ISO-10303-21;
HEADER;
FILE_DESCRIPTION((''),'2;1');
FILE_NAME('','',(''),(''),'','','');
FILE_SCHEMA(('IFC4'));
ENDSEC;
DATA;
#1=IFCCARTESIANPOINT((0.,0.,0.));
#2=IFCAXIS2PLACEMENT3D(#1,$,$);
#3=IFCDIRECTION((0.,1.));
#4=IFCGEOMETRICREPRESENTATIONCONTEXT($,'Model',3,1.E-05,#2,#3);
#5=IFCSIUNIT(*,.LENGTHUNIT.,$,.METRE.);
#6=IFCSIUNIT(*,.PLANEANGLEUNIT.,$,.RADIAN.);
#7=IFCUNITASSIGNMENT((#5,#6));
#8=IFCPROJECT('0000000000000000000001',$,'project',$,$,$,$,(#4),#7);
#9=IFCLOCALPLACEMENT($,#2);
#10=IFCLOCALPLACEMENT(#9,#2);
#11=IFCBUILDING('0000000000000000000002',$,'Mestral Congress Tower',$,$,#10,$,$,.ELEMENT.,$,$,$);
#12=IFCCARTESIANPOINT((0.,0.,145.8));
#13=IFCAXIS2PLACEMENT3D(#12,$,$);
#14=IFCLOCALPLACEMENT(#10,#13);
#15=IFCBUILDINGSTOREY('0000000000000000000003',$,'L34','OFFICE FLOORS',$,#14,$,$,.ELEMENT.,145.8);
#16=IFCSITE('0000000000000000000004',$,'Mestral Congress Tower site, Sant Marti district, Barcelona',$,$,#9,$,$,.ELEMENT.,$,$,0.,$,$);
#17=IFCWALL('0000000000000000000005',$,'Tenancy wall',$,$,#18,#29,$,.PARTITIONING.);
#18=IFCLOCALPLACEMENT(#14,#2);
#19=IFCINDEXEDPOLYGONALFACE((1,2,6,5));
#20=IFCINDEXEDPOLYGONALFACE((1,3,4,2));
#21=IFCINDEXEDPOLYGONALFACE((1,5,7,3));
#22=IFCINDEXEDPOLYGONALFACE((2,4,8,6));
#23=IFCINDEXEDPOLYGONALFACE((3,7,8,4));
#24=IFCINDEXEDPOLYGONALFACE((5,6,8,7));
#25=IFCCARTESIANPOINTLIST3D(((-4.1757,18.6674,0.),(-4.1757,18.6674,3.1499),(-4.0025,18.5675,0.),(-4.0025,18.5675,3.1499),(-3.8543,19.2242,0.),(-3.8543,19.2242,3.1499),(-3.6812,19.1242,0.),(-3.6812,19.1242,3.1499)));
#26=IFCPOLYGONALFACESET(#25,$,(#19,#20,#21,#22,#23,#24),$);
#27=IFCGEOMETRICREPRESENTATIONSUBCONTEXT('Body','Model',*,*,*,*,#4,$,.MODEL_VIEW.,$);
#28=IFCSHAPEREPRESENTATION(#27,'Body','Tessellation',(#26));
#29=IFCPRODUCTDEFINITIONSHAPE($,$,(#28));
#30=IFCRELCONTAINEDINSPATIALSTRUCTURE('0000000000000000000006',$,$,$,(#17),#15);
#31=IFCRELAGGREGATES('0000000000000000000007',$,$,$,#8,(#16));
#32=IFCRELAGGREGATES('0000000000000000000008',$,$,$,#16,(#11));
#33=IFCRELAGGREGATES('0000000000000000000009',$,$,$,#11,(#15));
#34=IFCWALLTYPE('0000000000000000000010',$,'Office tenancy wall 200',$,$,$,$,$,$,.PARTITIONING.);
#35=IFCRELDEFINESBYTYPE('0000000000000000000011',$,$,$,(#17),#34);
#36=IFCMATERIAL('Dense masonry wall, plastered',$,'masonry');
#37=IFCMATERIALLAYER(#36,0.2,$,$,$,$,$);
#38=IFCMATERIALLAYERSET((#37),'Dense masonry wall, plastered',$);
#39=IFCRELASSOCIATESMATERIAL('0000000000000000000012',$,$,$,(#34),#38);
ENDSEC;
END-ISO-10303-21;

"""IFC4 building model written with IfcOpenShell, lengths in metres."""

from ifc_helpers import new_model, si_unit, direction, frame, frame_2d, origin, place, context, subcontext, project, spatial, rectangle, extrude, material, layer, layer_set, type_object, element, save


model = new_model("IFC4")

# Units and contexts
model_context = context("Model", 3, precision=1e-05, world=origin(), true_north=direction((0.0, 1.0)))
body_context = subcontext(model_context, "Body", "Model", "MODEL_VIEW")
ifc_project = project(units=[si_unit("LENGTHUNIT", "METRE"), si_unit("PLANEANGLEUNIT", "RADIAN")], contexts=[model_context])

# Site, building, storey
site_placement = place(None, origin())
site = spatial("IfcSite", under=ifc_project, at=site_placement, Name="Mestral Congress Tower site, Sant Marti district, Barcelona", CompositionType="ELEMENT", RefElevation=0.0)
building_placement = place(site_placement, origin())
building = spatial("IfcBuilding", under=site, at=building_placement, Name="Mestral Congress Tower", CompositionType="ELEMENT")
storey_placement = place(building_placement, frame((0.0, 0.0, 145.8)))
storey = spatial("IfcBuildingStorey", under=building, at=storey_placement, Name="L34", Description="OFFICE FLOORS", CompositionType="ELEMENT", Elevation=145.8)

# Wall
ifc_material_1 = material(Name="Dense masonry wall, plastered", Category="masonry")
ifc_layer_1 = layer(ifc_material_1, 0.2)
ifc_layer_set_1 = layer_set([ifc_layer_1], Name="Dense masonry wall, plastered")
wall_type_1 = type_object("IfcWallType", Name="Office tenancy wall 200", PredefinedType="PARTITIONING", material=ifc_layer_set_1)
wall_1_placement = place(storey_placement, frame((-3.7678, 19.1741, 0.0), z_axis=(0.0, 0.0, 1.0), x_axis=(-0.499898, -0.866084, 0.0)))
element("IfcWall", 1, at=wall_1_placement, inside=storey, type_object=wall_type_1, Name="Tenancy wall", PredefinedType="PARTITIONING", context=body_context, shape_type="SweptSolid", body=[
    extrude(rectangle(XDim=0.6428, YDim=0.2, at=frame_2d((0.3213, 0.0))), origin(), (0.0, 0.0, 1.0), 3.1499),
])

save(model, "model.ifc")
